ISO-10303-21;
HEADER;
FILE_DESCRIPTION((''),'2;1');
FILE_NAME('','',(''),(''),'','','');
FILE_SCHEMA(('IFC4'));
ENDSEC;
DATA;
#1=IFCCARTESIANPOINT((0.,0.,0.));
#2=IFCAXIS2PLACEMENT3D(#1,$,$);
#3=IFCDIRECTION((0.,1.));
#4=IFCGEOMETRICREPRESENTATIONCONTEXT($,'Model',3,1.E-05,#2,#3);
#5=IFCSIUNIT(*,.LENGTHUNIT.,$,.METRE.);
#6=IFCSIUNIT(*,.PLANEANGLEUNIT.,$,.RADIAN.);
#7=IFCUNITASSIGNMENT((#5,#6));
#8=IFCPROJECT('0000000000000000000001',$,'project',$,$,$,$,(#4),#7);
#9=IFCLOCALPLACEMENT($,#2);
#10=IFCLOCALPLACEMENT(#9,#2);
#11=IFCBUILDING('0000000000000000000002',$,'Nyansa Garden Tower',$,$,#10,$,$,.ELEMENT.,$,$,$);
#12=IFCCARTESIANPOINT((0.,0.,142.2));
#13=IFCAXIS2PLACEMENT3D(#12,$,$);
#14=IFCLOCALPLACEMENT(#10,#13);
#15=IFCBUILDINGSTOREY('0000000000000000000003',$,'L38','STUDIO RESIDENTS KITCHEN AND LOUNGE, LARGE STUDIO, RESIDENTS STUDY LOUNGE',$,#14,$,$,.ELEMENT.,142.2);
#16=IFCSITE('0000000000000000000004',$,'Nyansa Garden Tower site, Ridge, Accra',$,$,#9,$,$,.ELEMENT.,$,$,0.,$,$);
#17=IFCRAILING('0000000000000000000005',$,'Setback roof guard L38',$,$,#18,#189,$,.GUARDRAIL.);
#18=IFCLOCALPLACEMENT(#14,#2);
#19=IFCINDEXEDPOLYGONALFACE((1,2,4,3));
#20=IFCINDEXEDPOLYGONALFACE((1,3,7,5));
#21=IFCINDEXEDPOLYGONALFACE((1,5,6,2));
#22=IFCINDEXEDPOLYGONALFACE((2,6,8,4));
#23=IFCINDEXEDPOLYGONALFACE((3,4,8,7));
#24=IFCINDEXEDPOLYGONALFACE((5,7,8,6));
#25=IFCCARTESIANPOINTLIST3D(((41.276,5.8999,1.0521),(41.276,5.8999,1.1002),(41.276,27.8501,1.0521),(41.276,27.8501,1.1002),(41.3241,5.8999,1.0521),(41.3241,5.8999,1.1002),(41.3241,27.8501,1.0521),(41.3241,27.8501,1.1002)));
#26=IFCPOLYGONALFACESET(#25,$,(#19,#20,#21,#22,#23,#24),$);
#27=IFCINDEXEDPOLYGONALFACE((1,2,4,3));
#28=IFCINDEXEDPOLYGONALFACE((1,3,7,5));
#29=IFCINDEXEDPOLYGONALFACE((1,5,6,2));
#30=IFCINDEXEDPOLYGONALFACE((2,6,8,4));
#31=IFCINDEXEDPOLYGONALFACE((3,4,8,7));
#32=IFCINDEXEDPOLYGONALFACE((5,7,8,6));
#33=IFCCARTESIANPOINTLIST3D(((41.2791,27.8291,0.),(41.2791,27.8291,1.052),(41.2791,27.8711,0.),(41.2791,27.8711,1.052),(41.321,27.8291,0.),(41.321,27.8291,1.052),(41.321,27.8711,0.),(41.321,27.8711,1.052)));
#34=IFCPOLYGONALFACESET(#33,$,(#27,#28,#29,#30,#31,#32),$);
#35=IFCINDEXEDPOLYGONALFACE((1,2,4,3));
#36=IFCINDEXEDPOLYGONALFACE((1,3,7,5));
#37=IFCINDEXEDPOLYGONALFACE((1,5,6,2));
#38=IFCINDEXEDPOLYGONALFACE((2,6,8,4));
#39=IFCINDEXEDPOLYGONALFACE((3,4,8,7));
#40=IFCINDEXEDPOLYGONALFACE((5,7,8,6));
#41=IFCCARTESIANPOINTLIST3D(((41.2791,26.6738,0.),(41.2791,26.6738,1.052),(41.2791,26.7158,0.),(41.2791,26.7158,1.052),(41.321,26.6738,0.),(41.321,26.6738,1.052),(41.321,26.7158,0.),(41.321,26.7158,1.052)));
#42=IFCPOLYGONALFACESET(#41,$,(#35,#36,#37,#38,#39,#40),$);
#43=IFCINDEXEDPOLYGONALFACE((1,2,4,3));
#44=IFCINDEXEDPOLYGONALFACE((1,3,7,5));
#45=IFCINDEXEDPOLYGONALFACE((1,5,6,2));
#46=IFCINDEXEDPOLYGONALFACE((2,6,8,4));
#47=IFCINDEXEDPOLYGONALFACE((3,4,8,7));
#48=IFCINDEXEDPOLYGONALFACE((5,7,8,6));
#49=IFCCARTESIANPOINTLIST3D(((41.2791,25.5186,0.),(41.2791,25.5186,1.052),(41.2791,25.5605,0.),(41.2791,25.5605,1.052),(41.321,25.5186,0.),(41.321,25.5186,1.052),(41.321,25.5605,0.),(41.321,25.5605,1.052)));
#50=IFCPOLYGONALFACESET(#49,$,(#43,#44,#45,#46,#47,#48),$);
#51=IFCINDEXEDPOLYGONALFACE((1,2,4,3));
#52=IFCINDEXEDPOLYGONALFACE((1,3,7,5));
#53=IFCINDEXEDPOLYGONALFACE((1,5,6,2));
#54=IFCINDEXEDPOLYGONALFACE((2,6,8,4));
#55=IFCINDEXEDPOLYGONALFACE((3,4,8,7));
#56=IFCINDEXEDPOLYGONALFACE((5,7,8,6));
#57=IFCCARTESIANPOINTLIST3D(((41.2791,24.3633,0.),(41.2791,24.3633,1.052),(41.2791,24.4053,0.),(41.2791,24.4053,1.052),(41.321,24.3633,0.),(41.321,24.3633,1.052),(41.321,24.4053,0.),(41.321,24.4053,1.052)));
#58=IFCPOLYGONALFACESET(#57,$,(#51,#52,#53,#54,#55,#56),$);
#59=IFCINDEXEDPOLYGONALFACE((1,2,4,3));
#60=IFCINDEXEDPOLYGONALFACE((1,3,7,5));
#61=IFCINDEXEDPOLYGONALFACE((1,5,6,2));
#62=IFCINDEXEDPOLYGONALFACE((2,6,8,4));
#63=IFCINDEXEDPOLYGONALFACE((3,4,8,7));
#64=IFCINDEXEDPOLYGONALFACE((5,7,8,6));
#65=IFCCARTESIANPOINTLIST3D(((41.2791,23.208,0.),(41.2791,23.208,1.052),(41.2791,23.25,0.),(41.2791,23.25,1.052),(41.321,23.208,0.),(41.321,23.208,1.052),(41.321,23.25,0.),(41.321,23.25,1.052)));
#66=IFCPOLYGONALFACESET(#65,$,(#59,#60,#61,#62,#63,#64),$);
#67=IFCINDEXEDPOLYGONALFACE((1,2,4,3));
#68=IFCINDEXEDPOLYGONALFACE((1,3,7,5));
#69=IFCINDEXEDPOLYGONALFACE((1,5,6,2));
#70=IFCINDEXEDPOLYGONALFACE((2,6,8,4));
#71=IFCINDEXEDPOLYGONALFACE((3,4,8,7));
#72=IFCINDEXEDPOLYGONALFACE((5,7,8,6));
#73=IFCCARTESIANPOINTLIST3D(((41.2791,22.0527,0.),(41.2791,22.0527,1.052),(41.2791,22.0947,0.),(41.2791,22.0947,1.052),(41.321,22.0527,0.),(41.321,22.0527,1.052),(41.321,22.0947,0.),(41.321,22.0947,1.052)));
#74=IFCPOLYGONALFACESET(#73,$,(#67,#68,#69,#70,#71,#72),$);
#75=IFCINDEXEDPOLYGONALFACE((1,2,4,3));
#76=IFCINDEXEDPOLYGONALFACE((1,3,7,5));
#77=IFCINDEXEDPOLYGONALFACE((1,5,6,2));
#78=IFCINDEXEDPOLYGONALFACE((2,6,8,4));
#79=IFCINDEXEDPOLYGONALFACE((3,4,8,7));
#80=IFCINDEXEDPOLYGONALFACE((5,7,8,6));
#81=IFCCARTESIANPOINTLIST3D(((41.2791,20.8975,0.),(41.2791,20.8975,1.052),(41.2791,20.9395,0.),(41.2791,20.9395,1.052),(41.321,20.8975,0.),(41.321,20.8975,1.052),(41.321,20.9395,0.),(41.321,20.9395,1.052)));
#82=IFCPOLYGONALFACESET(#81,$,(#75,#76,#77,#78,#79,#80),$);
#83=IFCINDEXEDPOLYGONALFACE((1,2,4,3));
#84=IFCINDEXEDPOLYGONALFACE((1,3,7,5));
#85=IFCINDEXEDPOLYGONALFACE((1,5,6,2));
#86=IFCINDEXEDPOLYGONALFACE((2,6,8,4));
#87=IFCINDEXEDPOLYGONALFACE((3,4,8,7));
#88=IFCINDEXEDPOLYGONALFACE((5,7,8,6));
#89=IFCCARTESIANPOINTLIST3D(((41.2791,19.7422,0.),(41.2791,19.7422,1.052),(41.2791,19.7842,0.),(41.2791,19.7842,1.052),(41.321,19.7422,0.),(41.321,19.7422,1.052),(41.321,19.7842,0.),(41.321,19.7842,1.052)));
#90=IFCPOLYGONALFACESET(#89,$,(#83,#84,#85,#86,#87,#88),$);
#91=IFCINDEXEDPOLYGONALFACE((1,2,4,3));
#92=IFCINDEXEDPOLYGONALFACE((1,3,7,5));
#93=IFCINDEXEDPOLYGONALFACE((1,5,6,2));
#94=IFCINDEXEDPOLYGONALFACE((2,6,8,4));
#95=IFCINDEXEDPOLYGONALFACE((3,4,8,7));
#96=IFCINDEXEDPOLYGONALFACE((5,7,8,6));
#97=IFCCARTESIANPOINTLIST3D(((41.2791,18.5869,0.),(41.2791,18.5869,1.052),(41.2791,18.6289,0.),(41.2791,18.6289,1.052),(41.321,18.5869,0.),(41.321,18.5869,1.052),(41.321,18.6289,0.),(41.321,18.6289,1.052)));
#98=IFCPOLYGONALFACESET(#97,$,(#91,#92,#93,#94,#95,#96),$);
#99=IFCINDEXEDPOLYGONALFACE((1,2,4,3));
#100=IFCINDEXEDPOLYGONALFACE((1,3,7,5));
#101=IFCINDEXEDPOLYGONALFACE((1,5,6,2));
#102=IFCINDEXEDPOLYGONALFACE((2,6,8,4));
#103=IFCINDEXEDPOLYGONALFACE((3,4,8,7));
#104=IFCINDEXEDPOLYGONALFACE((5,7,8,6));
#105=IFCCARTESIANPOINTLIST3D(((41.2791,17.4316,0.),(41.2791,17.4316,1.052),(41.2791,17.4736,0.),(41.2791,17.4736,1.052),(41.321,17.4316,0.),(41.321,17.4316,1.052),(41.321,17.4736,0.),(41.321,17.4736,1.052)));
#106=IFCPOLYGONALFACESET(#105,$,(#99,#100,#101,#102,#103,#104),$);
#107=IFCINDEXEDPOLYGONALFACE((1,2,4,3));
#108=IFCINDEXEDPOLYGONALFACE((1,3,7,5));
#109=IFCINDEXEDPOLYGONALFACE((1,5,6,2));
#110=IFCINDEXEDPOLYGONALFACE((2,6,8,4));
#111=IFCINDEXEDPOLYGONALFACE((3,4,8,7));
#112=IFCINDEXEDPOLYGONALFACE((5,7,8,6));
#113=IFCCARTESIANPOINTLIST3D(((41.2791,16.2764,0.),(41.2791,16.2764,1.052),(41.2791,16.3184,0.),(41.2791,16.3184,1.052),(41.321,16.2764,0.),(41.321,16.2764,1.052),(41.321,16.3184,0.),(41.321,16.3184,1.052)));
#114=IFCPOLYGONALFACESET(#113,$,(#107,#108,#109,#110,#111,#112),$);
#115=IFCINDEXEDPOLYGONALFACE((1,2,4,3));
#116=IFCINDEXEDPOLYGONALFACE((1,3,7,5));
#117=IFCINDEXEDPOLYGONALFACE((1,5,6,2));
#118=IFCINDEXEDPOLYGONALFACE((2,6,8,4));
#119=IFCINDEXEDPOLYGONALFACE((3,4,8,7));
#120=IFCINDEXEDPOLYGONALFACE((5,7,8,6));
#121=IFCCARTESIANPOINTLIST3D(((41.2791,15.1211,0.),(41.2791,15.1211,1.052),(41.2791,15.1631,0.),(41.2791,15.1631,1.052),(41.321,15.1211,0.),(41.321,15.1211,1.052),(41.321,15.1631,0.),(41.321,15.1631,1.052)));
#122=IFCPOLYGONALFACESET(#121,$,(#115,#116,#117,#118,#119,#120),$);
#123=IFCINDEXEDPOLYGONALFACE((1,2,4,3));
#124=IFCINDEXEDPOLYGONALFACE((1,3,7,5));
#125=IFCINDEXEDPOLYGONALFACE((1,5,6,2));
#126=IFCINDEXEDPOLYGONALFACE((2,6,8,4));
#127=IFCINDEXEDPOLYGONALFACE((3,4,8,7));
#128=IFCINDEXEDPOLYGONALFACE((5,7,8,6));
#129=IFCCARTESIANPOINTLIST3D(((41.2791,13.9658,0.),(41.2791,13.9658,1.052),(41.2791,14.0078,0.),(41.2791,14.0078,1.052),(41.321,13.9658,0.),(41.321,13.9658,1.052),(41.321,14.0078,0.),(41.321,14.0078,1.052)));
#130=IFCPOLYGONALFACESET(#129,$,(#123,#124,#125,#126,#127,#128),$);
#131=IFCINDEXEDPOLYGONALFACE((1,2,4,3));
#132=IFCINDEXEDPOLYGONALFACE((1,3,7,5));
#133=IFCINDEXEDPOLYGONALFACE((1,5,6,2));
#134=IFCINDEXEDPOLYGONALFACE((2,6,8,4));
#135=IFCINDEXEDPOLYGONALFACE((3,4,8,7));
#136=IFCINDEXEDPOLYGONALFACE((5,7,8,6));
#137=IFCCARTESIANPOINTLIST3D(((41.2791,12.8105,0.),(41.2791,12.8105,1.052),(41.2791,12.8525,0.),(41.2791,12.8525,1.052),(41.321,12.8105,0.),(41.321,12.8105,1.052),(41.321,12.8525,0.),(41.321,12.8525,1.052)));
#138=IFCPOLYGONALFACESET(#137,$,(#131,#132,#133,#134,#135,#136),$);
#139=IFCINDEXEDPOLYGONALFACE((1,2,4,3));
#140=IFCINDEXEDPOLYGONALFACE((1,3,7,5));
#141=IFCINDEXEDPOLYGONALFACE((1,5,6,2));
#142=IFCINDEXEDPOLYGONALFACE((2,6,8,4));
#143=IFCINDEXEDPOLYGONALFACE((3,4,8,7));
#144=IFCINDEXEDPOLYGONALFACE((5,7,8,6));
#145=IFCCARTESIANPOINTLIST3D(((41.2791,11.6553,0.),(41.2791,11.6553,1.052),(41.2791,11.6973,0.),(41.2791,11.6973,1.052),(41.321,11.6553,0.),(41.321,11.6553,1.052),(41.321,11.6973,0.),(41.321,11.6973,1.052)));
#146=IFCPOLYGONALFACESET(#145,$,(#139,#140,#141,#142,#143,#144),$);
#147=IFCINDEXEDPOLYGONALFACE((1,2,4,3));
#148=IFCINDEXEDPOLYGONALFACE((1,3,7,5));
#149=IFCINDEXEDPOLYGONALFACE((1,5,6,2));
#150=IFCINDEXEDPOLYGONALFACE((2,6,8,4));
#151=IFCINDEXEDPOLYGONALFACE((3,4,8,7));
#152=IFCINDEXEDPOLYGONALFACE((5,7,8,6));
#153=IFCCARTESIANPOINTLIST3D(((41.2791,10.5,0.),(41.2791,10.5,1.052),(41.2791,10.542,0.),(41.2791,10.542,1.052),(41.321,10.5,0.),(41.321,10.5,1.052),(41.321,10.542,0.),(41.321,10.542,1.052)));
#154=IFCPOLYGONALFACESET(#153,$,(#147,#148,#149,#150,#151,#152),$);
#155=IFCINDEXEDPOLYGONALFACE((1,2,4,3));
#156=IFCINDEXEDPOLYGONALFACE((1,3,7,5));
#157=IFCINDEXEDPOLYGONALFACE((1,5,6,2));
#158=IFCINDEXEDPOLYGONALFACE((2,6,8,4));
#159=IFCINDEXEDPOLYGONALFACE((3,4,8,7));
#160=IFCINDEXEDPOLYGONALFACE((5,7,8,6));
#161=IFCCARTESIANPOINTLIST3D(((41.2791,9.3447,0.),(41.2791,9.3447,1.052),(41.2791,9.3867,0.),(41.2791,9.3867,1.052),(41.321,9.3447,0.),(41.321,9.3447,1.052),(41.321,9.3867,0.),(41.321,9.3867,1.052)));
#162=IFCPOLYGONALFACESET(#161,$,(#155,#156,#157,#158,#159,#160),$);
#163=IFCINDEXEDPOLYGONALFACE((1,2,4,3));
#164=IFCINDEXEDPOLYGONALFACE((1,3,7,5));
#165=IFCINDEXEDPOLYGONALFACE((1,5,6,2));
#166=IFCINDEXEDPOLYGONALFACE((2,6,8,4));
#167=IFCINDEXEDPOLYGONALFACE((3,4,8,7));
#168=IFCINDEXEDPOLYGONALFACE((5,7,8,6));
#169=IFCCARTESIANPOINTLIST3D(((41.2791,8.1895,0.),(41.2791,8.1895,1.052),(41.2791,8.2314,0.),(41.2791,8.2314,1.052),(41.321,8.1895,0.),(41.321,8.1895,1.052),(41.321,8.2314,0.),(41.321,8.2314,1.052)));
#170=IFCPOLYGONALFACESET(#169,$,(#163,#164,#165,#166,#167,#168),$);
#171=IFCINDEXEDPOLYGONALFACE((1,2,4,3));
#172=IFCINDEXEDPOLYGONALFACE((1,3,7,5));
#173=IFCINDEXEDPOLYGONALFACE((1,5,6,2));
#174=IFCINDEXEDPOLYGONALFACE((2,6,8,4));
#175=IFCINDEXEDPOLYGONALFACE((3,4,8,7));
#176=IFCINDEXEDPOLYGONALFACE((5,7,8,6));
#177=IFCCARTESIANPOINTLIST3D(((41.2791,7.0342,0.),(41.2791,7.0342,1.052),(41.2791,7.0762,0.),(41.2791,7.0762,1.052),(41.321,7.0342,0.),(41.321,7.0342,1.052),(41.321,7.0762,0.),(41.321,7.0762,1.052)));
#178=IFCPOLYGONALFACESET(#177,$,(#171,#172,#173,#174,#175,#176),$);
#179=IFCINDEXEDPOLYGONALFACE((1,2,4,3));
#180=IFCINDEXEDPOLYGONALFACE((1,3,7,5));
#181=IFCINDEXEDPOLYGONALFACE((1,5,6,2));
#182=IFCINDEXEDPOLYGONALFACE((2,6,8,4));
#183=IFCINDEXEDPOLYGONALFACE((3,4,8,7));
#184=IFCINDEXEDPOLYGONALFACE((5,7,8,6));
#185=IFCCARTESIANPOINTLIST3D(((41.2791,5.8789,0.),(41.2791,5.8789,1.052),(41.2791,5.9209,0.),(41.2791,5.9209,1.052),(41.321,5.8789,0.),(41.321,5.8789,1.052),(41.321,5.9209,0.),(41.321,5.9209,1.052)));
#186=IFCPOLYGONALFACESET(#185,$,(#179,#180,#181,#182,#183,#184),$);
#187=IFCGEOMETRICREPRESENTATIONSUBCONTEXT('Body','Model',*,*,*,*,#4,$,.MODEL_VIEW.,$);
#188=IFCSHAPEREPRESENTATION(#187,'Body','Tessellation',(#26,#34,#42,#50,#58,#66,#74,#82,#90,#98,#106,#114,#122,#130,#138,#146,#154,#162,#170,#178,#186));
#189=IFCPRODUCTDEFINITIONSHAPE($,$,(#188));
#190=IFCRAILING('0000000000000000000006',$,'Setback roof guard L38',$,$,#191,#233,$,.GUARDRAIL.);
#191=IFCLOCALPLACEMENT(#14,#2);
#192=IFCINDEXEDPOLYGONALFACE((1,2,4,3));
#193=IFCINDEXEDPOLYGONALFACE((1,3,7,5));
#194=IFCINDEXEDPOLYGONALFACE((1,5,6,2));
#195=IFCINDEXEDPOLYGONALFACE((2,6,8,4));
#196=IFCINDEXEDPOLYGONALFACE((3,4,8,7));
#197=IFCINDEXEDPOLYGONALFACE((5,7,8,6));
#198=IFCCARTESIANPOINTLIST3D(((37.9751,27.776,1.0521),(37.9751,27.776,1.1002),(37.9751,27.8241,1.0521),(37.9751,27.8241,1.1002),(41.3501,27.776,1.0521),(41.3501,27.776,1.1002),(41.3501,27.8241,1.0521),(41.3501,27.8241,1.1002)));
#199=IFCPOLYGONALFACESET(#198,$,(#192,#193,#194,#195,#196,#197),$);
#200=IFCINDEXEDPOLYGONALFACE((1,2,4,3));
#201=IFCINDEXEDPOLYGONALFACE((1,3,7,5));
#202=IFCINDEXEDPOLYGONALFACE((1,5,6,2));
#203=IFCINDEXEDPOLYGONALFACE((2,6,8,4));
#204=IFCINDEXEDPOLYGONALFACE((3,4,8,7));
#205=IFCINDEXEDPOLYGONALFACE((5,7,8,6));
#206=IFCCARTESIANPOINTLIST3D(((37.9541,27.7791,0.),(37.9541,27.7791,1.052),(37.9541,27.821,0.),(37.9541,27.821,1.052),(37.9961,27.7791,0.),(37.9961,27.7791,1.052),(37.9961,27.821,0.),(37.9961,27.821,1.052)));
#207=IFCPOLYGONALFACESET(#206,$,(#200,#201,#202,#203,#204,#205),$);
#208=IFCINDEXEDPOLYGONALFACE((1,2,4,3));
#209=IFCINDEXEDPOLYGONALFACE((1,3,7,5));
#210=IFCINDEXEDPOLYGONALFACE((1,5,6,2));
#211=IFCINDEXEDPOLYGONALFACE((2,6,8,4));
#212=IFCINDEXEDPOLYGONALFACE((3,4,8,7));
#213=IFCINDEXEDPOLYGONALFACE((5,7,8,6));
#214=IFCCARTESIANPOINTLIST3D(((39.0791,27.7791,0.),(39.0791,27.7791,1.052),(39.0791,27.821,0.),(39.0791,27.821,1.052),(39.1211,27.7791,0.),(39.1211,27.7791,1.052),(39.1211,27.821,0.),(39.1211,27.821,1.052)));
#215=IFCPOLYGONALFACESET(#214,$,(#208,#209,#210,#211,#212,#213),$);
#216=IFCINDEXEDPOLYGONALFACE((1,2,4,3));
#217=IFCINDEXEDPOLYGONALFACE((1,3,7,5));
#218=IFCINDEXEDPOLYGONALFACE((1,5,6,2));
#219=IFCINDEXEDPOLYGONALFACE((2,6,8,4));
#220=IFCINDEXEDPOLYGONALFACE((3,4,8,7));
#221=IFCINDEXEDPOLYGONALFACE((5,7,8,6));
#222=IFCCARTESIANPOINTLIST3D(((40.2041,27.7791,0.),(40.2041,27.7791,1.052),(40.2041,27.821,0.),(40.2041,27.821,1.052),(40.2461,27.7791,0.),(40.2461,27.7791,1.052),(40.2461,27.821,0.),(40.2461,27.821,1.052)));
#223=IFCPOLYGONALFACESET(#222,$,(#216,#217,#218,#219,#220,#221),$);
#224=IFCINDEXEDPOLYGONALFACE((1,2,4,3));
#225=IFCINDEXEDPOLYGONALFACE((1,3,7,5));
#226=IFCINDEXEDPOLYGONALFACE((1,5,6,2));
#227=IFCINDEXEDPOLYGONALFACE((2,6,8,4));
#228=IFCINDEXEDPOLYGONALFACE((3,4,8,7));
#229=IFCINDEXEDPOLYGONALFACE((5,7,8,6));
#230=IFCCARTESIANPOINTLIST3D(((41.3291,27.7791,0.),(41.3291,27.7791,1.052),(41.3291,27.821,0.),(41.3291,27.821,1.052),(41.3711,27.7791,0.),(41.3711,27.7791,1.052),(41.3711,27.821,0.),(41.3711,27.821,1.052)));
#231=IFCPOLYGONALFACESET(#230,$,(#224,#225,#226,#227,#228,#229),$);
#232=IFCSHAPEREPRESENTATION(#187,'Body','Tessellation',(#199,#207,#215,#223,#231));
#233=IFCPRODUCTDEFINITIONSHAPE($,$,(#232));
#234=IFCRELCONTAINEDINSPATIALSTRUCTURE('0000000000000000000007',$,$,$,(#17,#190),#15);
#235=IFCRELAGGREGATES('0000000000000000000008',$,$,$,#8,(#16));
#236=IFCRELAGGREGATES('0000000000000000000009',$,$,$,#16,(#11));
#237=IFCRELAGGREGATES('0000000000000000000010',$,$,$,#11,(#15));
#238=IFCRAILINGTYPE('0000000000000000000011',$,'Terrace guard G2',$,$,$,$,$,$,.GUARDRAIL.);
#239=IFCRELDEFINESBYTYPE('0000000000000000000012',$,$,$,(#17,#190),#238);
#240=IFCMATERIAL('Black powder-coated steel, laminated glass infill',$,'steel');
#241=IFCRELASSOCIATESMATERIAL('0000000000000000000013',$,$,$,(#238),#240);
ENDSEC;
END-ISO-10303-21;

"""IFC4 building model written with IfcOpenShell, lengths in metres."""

from ifc_helpers import new_model, si_unit, direction, frame, origin, origin_2d, place, context, subcontext, project, spatial, rectangle, extrude, material, type_object, element, save


model = new_model("IFC4")

# Units and contexts
model_context = context("Model", 3, precision=1e-05, world=origin(), true_north=direction((0.0, 1.0)))
body_context = subcontext(model_context, "Body", "Model", "MODEL_VIEW")
ifc_project = project(units=[si_unit("LENGTHUNIT", "METRE"), si_unit("PLANEANGLEUNIT", "RADIAN")], contexts=[model_context])

# Site, building, storey
site_placement = place(None, origin())
site = spatial("IfcSite", under=ifc_project, at=site_placement, Name="Nyansa Garden Tower site, Ridge, Accra", CompositionType="ELEMENT", RefElevation=0.0)
building_placement = place(site_placement, origin())
building = spatial("IfcBuilding", under=site, at=building_placement, Name="Nyansa Garden Tower", CompositionType="ELEMENT")
storey_placement = place(building_placement, frame((0.0, 0.0, 142.2)))
storey = spatial("IfcBuildingStorey", under=building, at=storey_placement, Name="L38", Description="STUDIO RESIDENTS KITCHEN AND LOUNGE, LARGE STUDIO, RESIDENTS STUDY LOUNGE", CompositionType="ELEMENT", Elevation=142.2)

# Railings
ifc_material_1 = material(Name="Black powder-coated steel, laminated glass infill", Category="steel")
railing_type = type_object("IfcRailingType", Name="Terrace guard G2", PredefinedType="GUARDRAIL", material=ifc_material_1)
railing_1_placement = place(storey_placement, frame((41.3, 27.8501, 0.0)))
element("IfcRailing", 1, at=railing_1_placement, inside=storey, type_object=railing_type, Name="Setback roof guard L38", PredefinedType="GUARDRAIL", context=body_context, shape_type="SweptSolid", body=[
    extrude(rectangle(XDim=0.0481, YDim=0.0481, at=origin_2d()), frame((0.0, 0.0, 1.0762), z_axis=(0.0, -1.0, 0.0), x_axis=(1.0, 0.0, 0.0)), (0.0, 0.0, 1.0), 21.9502),
    extrude(rectangle(XDim=0.042, YDim=0.042, at=origin_2d()), origin(), (0.0, 0.0, 1.0), 1.052),
    extrude(rectangle(XDim=0.042, YDim=0.042, at=origin_2d()), frame((0.0, -1.1553, 0.0)), (0.0, 0.0, 1.0), 1.052),
    extrude(rectangle(XDim=0.042, YDim=0.042, at=origin_2d()), frame((0.0, -2.3105, 0.0)), (0.0, 0.0, 1.0), 1.052),
    extrude(rectangle(XDim=0.042, YDim=0.042, at=origin_2d()), frame((0.0, -3.4658, 0.0)), (0.0, 0.0, 1.0), 1.052),
    extrude(rectangle(XDim=0.042, YDim=0.042, at=origin_2d()), frame((0.0, -4.6211, 0.0)), (0.0, 0.0, 1.0), 1.052),
    extrude(rectangle(XDim=0.042, YDim=0.042, at=origin_2d()), frame((0.0, -5.7764, 0.0)), (0.0, 0.0, 1.0), 1.052),
    extrude(rectangle(XDim=0.042, YDim=0.042, at=origin_2d()), frame((0.0, -6.9316, 0.0)), (0.0, 0.0, 1.0), 1.052),
    extrude(rectangle(XDim=0.042, YDim=0.042, at=origin_2d()), frame((0.0, -8.0869, 0.0)), (0.0, 0.0, 1.0), 1.052),
    extrude(rectangle(XDim=0.042, YDim=0.042, at=origin_2d()), frame((0.0, -9.2422, 0.0)), (0.0, 0.0, 1.0), 1.052),
    extrude(rectangle(XDim=0.042, YDim=0.042, at=origin_2d()), frame((0.0, -10.3975, 0.0)), (0.0, 0.0, 1.0), 1.052),
    extrude(rectangle(XDim=0.042, YDim=0.042, at=origin_2d()), frame((0.0, -11.5527, 0.0)), (0.0, 0.0, 1.0), 1.052),
    extrude(rectangle(XDim=0.042, YDim=0.042, at=origin_2d()), frame((0.0, -12.708, 0.0)), (0.0, 0.0, 1.0), 1.052),
    extrude(rectangle(XDim=0.042, YDim=0.042, at=origin_2d()), frame((0.0, -13.8633, 0.0)), (0.0, 0.0, 1.0), 1.052),
    extrude(rectangle(XDim=0.042, YDim=0.042, at=origin_2d()), frame((0.0, -15.0186, 0.0)), (0.0, 0.0, 1.0), 1.052),
    extrude(rectangle(XDim=0.042, YDim=0.042, at=origin_2d()), frame((0.0, -16.1738, 0.0)), (0.0, 0.0, 1.0), 1.052),
    extrude(rectangle(XDim=0.042, YDim=0.042, at=origin_2d()), frame((0.0, -17.3291, 0.0)), (0.0, 0.0, 1.0), 1.052),
    extrude(rectangle(XDim=0.042, YDim=0.042, at=origin_2d()), frame((0.0, -18.4844, 0.0)), (0.0, 0.0, 1.0), 1.052),
    extrude(rectangle(XDim=0.042, YDim=0.042, at=origin_2d()), frame((0.0, -19.6396, 0.0)), (0.0, 0.0, 1.0), 1.052),
    extrude(rectangle(XDim=0.042, YDim=0.042, at=origin_2d()), frame((0.0, -20.7949, 0.0)), (0.0, 0.0, 1.0), 1.052),
    extrude(rectangle(XDim=0.042, YDim=0.042, at=origin_2d()), frame((0.0, -21.9502, 0.0)), (0.0, 0.0, 1.0), 1.052),
])
for number, where, name in (
    (2, (37.9751, 27.8, 0.0), "Setback roof guard L38"),
):
    element("IfcRailing", number, at=place(storey_placement, frame(where)), inside=storey, type_object=railing_type, Name=name, PredefinedType="GUARDRAIL", context=body_context, shape_type="SweptSolid", body=[
        extrude(rectangle(XDim=0.0481, YDim=0.0481, at=origin_2d()), frame((0.0, 0.0, 1.0762), z_axis=(1.0, 0.0, 0.0), x_axis=(0.0, 1.0, 0.0)), (0.0, 0.0, 1.0), 3.375),
        extrude(rectangle(XDim=0.042, YDim=0.042, at=origin_2d()), origin(), (0.0, 0.0, 1.0), 1.052),
        extrude(rectangle(XDim=0.042, YDim=0.042, at=origin_2d()), frame((1.125, 0.0, 0.0)), (0.0, 0.0, 1.0), 1.052),
        extrude(rectangle(XDim=0.042, YDim=0.042, at=origin_2d()), frame((2.25, 0.0, 0.0)), (0.0, 0.0, 1.0), 1.052),
        extrude(rectangle(XDim=0.042, YDim=0.042, at=origin_2d()), frame((3.375, 0.0, 0.0)), (0.0, 0.0, 1.0), 1.052),
    ])

save(model, "model.ifc")
